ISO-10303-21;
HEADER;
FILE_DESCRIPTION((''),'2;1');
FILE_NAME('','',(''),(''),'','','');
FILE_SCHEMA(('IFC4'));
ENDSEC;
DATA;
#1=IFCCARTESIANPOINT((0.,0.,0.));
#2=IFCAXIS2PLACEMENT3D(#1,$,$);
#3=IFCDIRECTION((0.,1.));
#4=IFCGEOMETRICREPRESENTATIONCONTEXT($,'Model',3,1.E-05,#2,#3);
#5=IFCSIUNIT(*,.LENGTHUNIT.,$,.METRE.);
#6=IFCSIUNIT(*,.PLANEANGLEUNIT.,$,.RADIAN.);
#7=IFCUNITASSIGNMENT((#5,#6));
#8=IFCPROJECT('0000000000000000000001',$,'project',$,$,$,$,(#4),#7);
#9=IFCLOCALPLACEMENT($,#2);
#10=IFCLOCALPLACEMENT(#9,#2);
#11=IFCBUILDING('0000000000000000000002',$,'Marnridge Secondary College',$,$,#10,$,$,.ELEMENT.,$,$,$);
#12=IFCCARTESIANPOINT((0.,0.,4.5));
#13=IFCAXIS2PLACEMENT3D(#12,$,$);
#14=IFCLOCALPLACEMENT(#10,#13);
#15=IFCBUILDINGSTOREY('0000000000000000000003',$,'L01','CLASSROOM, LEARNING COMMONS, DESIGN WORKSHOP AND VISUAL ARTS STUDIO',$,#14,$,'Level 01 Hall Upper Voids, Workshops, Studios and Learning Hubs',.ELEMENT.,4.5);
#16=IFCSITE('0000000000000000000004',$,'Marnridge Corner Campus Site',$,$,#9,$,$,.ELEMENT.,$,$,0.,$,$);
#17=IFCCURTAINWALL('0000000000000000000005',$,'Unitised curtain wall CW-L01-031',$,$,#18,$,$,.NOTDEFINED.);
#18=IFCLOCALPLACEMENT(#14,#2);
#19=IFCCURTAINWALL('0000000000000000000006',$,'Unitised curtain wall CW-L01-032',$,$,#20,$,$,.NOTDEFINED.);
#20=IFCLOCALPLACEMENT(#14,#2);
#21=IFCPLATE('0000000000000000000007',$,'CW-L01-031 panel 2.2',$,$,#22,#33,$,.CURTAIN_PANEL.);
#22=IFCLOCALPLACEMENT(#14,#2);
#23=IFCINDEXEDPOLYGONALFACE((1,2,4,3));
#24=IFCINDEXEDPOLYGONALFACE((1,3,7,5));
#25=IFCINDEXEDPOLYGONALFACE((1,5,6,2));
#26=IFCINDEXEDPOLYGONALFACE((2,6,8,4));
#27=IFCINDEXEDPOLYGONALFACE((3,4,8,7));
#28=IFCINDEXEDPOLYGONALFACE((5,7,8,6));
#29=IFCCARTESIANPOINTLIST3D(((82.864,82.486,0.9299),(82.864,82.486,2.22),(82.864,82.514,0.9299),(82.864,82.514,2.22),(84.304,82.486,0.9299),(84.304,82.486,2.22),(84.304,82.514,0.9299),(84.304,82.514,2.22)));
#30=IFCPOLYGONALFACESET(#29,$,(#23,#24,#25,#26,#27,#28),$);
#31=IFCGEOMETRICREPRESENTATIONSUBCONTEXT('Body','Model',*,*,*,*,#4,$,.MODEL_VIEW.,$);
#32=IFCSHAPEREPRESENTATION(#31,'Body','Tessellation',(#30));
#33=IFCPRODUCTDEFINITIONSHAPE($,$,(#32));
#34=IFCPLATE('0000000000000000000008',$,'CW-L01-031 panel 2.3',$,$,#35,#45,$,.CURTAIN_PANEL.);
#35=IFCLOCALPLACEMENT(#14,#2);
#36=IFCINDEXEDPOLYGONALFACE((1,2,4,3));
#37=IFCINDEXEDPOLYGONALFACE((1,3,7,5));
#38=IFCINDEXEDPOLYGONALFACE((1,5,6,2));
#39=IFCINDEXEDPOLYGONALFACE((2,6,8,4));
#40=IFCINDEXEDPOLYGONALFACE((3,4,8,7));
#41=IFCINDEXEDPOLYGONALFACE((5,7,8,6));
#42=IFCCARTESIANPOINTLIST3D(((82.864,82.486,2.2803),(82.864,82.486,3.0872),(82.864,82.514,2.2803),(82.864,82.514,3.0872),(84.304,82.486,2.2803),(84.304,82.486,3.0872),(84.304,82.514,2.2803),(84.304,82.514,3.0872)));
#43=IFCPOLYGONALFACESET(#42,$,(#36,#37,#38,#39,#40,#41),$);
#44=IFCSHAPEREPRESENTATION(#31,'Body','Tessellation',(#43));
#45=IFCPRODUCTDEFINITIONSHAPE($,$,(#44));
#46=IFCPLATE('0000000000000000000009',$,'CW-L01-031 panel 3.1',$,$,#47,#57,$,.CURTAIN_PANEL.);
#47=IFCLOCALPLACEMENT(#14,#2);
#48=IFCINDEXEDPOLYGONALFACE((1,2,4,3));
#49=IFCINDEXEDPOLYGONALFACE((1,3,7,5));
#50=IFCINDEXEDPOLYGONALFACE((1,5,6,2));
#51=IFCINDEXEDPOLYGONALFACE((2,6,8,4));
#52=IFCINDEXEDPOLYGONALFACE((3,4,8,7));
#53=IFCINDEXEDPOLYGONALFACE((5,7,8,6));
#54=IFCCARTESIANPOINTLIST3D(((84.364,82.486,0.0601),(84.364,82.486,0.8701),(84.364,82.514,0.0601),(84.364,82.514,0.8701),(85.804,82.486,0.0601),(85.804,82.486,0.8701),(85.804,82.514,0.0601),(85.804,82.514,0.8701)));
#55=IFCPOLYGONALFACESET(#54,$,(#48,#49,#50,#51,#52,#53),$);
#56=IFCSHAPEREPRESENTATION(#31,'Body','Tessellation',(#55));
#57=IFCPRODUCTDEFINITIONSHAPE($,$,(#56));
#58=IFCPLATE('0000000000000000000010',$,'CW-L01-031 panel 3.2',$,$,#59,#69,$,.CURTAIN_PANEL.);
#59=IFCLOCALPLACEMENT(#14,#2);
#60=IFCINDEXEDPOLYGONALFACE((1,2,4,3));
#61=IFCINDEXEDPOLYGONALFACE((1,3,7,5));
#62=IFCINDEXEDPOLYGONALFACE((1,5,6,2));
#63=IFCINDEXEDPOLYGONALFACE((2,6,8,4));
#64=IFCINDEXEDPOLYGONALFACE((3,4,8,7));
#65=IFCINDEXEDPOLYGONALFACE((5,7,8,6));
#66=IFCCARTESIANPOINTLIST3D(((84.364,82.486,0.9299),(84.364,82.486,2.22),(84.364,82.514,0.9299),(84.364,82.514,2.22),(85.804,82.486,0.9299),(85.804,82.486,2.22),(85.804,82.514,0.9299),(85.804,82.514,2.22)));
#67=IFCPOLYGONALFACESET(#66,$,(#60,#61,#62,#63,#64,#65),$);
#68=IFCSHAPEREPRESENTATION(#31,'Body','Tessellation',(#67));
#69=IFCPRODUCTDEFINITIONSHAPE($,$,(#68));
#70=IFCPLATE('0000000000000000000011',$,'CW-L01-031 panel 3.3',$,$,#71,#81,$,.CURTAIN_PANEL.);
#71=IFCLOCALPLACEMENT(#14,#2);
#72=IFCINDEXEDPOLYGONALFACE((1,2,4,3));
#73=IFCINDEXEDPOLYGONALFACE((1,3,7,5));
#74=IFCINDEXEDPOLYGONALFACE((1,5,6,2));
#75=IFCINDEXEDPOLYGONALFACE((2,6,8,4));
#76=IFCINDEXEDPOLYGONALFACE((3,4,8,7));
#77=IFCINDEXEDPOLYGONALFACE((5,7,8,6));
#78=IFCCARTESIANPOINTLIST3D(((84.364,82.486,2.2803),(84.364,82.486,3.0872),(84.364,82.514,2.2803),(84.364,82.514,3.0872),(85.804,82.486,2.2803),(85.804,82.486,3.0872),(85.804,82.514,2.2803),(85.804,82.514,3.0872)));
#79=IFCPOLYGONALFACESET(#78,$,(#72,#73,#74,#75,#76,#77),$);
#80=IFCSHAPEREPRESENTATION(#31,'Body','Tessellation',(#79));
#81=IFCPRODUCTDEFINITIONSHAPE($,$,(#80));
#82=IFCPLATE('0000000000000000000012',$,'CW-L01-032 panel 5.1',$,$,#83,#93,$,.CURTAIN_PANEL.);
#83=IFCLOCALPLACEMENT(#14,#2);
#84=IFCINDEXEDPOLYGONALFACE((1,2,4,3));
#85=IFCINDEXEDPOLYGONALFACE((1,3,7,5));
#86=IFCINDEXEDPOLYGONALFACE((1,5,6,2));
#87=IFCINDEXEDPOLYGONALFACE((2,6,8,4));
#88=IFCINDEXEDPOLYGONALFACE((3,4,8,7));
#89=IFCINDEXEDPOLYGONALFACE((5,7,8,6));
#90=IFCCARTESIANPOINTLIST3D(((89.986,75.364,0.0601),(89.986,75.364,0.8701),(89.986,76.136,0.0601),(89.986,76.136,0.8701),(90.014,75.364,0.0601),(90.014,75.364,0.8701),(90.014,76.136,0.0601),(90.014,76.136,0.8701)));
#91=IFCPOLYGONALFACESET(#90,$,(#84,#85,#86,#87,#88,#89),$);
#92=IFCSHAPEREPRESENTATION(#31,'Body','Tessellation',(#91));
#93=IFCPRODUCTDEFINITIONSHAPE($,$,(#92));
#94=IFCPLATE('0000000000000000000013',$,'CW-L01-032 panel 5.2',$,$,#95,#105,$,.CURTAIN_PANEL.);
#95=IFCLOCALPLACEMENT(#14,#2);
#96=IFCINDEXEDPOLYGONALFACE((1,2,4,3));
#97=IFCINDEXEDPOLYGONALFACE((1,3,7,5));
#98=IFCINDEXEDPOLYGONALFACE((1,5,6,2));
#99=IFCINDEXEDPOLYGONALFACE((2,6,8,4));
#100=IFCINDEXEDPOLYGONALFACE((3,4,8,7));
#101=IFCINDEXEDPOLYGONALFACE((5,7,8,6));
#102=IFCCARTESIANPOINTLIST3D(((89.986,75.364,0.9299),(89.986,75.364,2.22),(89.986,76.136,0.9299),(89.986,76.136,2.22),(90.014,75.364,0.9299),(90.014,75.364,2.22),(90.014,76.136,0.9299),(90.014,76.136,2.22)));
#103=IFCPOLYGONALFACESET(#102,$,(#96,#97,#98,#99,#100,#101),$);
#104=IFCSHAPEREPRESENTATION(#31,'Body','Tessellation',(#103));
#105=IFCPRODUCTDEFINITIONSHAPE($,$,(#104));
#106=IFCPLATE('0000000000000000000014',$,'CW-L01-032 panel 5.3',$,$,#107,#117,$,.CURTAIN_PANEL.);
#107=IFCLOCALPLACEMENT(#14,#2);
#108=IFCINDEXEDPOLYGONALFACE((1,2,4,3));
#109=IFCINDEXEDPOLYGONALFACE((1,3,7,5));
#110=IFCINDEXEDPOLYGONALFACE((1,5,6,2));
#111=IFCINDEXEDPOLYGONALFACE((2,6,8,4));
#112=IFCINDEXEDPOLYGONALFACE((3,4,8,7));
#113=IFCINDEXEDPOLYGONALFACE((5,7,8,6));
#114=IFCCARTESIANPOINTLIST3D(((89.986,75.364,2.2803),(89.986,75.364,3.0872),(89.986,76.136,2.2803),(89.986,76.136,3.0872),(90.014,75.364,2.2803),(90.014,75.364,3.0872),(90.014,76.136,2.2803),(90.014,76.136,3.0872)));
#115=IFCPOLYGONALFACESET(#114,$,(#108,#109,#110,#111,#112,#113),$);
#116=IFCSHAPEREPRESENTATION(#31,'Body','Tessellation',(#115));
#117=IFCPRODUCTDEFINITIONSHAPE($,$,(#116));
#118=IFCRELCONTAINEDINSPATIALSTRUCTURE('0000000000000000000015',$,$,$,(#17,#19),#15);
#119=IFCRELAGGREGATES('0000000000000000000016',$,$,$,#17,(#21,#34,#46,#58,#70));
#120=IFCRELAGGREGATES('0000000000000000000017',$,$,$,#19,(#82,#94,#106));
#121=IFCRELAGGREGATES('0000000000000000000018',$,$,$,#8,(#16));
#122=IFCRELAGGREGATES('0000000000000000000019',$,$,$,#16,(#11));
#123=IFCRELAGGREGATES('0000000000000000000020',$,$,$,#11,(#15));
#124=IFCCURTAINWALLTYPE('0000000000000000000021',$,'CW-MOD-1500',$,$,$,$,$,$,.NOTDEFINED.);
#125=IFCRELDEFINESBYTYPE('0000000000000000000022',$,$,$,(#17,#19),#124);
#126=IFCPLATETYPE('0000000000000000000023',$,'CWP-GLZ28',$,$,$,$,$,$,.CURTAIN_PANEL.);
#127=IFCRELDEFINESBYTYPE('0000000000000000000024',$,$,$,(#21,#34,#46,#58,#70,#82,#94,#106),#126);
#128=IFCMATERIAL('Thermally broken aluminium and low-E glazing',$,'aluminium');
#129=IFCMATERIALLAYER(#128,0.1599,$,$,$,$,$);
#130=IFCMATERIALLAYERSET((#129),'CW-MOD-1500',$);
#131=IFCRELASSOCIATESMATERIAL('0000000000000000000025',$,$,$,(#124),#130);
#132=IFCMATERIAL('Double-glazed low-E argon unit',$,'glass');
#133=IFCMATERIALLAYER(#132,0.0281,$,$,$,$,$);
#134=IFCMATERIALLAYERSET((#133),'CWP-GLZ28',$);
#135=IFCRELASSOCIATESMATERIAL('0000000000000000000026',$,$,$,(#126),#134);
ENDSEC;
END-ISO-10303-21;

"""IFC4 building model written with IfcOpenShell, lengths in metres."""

from ifc_helpers import new_model, si_unit, direction, frame, origin, origin_2d, place, context, subcontext, project, spatial, rectangle, extrude, material, layer, layer_set, type_object, element, aggregate, save


model = new_model("IFC4")

# Units and contexts
model_context = context("Model", 3, precision=1e-05, world=origin(), true_north=direction((0.0, 1.0)))
body_context = subcontext(model_context, "Body", "Model", "MODEL_VIEW")
ifc_project = project(units=[si_unit("LENGTHUNIT", "METRE"), si_unit("PLANEANGLEUNIT", "RADIAN")], contexts=[model_context])

# Site, building, storey
site_placement = place(None, origin())
site = spatial("IfcSite", under=ifc_project, at=site_placement, Name="Marnridge Corner Campus Site", CompositionType="ELEMENT", RefElevation=0.0)
building_placement = place(site_placement, origin())
building = spatial("IfcBuilding", under=site, at=building_placement, Name="Marnridge Secondary College", CompositionType="ELEMENT")
storey_placement = place(building_placement, frame((0.0, 0.0, 4.5)))
storey = spatial("IfcBuildingStorey", under=building, at=storey_placement, Name="L01", Description="CLASSROOM, LEARNING COMMONS, DESIGN WORKSHOP AND VISUAL ARTS STUDIO", LongName="Level 01 Hall Upper Voids, Workshops, Studios and Learning Hubs", CompositionType="ELEMENT", Elevation=4.5)

# Curtain wall
ifc_material_1 = material(Name="Thermally broken aluminium and low-E glazing", Category="aluminium")
ifc_layer_1 = layer(ifc_material_1, 0.1599)
ifc_layer_set_1 = layer_set([ifc_layer_1], Name="CW-MOD-1500")
curtain_wall_type = type_object("IfcCurtainWallType", Name="CW-MOD-1500", PredefinedType="NOTDEFINED", material=ifc_layer_set_1)
curtain_wall_1_placement = place(storey_placement, origin())
curtain_wall_1 = element("IfcCurtainWall", 1, at=curtain_wall_1_placement, inside=storey, type_object=curtain_wall_type, Name="Unitised curtain wall CW-L01-031", PredefinedType="NOTDEFINED")

# Curtain wall
curtain_wall_2_placement = place(storey_placement, origin())
curtain_wall_2 = element("IfcCurtainWall", 2, at=curtain_wall_2_placement, inside=storey, type_object=curtain_wall_type, Name="Unitised curtain wall CW-L01-032", PredefinedType="NOTDEFINED")

# Plates
ifc_material_2 = material(Name="Double-glazed low-E argon unit", Category="glass")
ifc_layer_2 = layer(ifc_material_2, 0.0281)
ifc_layer_set_2 = layer_set([ifc_layer_2], Name="CWP-GLZ28")
plate_type = type_object("IfcPlateType", Name="CWP-GLZ28", PredefinedType="CURTAIN_PANEL", material=ifc_layer_set_2)
plate_1_placement = place(storey_placement, frame((83.584, 82.5, 0.9299), z_axis=(0.0, 0.0, 1.0), x_axis=(1.0, 0.0, 0.0)))
plate_1 = element("IfcPlate", 3, at=plate_1_placement, type_object=plate_type, Name="CW-L01-031 panel 2.2", PredefinedType="CURTAIN_PANEL", context=body_context, shape_type="SweptSolid", body=[
    extrude(rectangle(XDim=1.4399, YDim=0.0281, at=origin_2d()), origin(), (0.0, 0.0, 1.0), 1.29),
])
plate_2_placement = place(storey_placement, frame((83.584, 82.5, 2.2803), z_axis=(0.0, 0.0, 1.0), x_axis=(1.0, 0.0, 0.0)))
plate_2 = element("IfcPlate", 4, at=plate_2_placement, type_object=plate_type, Name="CW-L01-031 panel 2.3", PredefinedType="CURTAIN_PANEL", context=body_context, shape_type="SweptSolid", body=[
    extrude(rectangle(XDim=1.4399, YDim=0.0281, at=origin_2d()), origin(), (0.0, 0.0, 1.0), 0.8069),
])
plate_3_placement = place(storey_placement, frame((85.084, 82.5, 0.0601), z_axis=(0.0, 0.0, 1.0), x_axis=(1.0, 0.0, 0.0)))
plate_3 = element("IfcPlate", 5, at=plate_3_placement, type_object=plate_type, Name="CW-L01-031 panel 3.1", PredefinedType="CURTAIN_PANEL", context=body_context, shape_type="SweptSolid", body=[
    extrude(rectangle(XDim=1.4399, YDim=0.0281, at=origin_2d()), origin(), (0.0, 0.0, 1.0), 0.8101),
])
plate_4_placement = place(storey_placement, frame((85.084, 82.5, 0.9299), z_axis=(0.0, 0.0, 1.0), x_axis=(1.0, 0.0, 0.0)))
plate_4 = element("IfcPlate", 6, at=plate_4_placement, type_object=plate_type, Name="CW-L01-031 panel 3.2", PredefinedType="CURTAIN_PANEL", context=body_context, shape_type="SweptSolid", body=[
    extrude(rectangle(XDim=1.4399, YDim=0.0281, at=origin_2d()), origin(), (0.0, 0.0, 1.0), 1.29),
])
plate_5_placement = place(storey_placement, frame((85.084, 82.5, 2.2803), z_axis=(0.0, 0.0, 1.0), x_axis=(1.0, 0.0, 0.0)))
plate_5 = element("IfcPlate", 7, at=plate_5_placement, type_object=plate_type, Name="CW-L01-031 panel 3.3", PredefinedType="CURTAIN_PANEL", context=body_context, shape_type="SweptSolid", body=[
    extrude(rectangle(XDim=1.4399, YDim=0.0281, at=origin_2d()), origin(), (0.0, 0.0, 1.0), 0.8069),
])
aggregate(curtain_wall_1, [plate_1, plate_2, plate_3, plate_4, plate_5])
plate_6_placement = place(storey_placement, frame((90.0, 75.75, 0.0601), z_axis=(0.0, 0.0, 1.0), x_axis=(0.0, -1.0, 0.0)))
plate_6 = element("IfcPlate", 8, at=plate_6_placement, type_object=plate_type, Name="CW-L01-032 panel 5.1", PredefinedType="CURTAIN_PANEL", context=body_context, shape_type="SweptSolid", body=[
    extrude(rectangle(XDim=0.772, YDim=0.0281, at=origin_2d()), origin(), (0.0, 0.0, 1.0), 0.8101),
])
plate_7_placement = place(storey_placement, frame((90.0, 75.75, 0.9299), z_axis=(0.0, 0.0, 1.0), x_axis=(0.0, -1.0, 0.0)))
plate_7 = element("IfcPlate", 9, at=plate_7_placement, type_object=plate_type, Name="CW-L01-032 panel 5.2", PredefinedType="CURTAIN_PANEL", context=body_context, shape_type="SweptSolid", body=[
    extrude(rectangle(XDim=0.772, YDim=0.0281, at=origin_2d()), origin(), (0.0, 0.0, 1.0), 1.29),
])
plate_8_placement = place(storey_placement, frame((90.0, 75.75, 2.2803), z_axis=(0.0, 0.0, 1.0), x_axis=(0.0, -1.0, 0.0)))
plate_8 = element("IfcPlate", 10, at=plate_8_placement, type_object=plate_type, Name="CW-L01-032 panel 5.3", PredefinedType="CURTAIN_PANEL", context=body_context, shape_type="SweptSolid", body=[
    extrude(rectangle(XDim=0.772, YDim=0.0281, at=origin_2d()), origin(), (0.0, 0.0, 1.0), 0.8069),
])
aggregate(curtain_wall_2, [plate_6, plate_7, plate_8])

save(model, "model.ifc")
